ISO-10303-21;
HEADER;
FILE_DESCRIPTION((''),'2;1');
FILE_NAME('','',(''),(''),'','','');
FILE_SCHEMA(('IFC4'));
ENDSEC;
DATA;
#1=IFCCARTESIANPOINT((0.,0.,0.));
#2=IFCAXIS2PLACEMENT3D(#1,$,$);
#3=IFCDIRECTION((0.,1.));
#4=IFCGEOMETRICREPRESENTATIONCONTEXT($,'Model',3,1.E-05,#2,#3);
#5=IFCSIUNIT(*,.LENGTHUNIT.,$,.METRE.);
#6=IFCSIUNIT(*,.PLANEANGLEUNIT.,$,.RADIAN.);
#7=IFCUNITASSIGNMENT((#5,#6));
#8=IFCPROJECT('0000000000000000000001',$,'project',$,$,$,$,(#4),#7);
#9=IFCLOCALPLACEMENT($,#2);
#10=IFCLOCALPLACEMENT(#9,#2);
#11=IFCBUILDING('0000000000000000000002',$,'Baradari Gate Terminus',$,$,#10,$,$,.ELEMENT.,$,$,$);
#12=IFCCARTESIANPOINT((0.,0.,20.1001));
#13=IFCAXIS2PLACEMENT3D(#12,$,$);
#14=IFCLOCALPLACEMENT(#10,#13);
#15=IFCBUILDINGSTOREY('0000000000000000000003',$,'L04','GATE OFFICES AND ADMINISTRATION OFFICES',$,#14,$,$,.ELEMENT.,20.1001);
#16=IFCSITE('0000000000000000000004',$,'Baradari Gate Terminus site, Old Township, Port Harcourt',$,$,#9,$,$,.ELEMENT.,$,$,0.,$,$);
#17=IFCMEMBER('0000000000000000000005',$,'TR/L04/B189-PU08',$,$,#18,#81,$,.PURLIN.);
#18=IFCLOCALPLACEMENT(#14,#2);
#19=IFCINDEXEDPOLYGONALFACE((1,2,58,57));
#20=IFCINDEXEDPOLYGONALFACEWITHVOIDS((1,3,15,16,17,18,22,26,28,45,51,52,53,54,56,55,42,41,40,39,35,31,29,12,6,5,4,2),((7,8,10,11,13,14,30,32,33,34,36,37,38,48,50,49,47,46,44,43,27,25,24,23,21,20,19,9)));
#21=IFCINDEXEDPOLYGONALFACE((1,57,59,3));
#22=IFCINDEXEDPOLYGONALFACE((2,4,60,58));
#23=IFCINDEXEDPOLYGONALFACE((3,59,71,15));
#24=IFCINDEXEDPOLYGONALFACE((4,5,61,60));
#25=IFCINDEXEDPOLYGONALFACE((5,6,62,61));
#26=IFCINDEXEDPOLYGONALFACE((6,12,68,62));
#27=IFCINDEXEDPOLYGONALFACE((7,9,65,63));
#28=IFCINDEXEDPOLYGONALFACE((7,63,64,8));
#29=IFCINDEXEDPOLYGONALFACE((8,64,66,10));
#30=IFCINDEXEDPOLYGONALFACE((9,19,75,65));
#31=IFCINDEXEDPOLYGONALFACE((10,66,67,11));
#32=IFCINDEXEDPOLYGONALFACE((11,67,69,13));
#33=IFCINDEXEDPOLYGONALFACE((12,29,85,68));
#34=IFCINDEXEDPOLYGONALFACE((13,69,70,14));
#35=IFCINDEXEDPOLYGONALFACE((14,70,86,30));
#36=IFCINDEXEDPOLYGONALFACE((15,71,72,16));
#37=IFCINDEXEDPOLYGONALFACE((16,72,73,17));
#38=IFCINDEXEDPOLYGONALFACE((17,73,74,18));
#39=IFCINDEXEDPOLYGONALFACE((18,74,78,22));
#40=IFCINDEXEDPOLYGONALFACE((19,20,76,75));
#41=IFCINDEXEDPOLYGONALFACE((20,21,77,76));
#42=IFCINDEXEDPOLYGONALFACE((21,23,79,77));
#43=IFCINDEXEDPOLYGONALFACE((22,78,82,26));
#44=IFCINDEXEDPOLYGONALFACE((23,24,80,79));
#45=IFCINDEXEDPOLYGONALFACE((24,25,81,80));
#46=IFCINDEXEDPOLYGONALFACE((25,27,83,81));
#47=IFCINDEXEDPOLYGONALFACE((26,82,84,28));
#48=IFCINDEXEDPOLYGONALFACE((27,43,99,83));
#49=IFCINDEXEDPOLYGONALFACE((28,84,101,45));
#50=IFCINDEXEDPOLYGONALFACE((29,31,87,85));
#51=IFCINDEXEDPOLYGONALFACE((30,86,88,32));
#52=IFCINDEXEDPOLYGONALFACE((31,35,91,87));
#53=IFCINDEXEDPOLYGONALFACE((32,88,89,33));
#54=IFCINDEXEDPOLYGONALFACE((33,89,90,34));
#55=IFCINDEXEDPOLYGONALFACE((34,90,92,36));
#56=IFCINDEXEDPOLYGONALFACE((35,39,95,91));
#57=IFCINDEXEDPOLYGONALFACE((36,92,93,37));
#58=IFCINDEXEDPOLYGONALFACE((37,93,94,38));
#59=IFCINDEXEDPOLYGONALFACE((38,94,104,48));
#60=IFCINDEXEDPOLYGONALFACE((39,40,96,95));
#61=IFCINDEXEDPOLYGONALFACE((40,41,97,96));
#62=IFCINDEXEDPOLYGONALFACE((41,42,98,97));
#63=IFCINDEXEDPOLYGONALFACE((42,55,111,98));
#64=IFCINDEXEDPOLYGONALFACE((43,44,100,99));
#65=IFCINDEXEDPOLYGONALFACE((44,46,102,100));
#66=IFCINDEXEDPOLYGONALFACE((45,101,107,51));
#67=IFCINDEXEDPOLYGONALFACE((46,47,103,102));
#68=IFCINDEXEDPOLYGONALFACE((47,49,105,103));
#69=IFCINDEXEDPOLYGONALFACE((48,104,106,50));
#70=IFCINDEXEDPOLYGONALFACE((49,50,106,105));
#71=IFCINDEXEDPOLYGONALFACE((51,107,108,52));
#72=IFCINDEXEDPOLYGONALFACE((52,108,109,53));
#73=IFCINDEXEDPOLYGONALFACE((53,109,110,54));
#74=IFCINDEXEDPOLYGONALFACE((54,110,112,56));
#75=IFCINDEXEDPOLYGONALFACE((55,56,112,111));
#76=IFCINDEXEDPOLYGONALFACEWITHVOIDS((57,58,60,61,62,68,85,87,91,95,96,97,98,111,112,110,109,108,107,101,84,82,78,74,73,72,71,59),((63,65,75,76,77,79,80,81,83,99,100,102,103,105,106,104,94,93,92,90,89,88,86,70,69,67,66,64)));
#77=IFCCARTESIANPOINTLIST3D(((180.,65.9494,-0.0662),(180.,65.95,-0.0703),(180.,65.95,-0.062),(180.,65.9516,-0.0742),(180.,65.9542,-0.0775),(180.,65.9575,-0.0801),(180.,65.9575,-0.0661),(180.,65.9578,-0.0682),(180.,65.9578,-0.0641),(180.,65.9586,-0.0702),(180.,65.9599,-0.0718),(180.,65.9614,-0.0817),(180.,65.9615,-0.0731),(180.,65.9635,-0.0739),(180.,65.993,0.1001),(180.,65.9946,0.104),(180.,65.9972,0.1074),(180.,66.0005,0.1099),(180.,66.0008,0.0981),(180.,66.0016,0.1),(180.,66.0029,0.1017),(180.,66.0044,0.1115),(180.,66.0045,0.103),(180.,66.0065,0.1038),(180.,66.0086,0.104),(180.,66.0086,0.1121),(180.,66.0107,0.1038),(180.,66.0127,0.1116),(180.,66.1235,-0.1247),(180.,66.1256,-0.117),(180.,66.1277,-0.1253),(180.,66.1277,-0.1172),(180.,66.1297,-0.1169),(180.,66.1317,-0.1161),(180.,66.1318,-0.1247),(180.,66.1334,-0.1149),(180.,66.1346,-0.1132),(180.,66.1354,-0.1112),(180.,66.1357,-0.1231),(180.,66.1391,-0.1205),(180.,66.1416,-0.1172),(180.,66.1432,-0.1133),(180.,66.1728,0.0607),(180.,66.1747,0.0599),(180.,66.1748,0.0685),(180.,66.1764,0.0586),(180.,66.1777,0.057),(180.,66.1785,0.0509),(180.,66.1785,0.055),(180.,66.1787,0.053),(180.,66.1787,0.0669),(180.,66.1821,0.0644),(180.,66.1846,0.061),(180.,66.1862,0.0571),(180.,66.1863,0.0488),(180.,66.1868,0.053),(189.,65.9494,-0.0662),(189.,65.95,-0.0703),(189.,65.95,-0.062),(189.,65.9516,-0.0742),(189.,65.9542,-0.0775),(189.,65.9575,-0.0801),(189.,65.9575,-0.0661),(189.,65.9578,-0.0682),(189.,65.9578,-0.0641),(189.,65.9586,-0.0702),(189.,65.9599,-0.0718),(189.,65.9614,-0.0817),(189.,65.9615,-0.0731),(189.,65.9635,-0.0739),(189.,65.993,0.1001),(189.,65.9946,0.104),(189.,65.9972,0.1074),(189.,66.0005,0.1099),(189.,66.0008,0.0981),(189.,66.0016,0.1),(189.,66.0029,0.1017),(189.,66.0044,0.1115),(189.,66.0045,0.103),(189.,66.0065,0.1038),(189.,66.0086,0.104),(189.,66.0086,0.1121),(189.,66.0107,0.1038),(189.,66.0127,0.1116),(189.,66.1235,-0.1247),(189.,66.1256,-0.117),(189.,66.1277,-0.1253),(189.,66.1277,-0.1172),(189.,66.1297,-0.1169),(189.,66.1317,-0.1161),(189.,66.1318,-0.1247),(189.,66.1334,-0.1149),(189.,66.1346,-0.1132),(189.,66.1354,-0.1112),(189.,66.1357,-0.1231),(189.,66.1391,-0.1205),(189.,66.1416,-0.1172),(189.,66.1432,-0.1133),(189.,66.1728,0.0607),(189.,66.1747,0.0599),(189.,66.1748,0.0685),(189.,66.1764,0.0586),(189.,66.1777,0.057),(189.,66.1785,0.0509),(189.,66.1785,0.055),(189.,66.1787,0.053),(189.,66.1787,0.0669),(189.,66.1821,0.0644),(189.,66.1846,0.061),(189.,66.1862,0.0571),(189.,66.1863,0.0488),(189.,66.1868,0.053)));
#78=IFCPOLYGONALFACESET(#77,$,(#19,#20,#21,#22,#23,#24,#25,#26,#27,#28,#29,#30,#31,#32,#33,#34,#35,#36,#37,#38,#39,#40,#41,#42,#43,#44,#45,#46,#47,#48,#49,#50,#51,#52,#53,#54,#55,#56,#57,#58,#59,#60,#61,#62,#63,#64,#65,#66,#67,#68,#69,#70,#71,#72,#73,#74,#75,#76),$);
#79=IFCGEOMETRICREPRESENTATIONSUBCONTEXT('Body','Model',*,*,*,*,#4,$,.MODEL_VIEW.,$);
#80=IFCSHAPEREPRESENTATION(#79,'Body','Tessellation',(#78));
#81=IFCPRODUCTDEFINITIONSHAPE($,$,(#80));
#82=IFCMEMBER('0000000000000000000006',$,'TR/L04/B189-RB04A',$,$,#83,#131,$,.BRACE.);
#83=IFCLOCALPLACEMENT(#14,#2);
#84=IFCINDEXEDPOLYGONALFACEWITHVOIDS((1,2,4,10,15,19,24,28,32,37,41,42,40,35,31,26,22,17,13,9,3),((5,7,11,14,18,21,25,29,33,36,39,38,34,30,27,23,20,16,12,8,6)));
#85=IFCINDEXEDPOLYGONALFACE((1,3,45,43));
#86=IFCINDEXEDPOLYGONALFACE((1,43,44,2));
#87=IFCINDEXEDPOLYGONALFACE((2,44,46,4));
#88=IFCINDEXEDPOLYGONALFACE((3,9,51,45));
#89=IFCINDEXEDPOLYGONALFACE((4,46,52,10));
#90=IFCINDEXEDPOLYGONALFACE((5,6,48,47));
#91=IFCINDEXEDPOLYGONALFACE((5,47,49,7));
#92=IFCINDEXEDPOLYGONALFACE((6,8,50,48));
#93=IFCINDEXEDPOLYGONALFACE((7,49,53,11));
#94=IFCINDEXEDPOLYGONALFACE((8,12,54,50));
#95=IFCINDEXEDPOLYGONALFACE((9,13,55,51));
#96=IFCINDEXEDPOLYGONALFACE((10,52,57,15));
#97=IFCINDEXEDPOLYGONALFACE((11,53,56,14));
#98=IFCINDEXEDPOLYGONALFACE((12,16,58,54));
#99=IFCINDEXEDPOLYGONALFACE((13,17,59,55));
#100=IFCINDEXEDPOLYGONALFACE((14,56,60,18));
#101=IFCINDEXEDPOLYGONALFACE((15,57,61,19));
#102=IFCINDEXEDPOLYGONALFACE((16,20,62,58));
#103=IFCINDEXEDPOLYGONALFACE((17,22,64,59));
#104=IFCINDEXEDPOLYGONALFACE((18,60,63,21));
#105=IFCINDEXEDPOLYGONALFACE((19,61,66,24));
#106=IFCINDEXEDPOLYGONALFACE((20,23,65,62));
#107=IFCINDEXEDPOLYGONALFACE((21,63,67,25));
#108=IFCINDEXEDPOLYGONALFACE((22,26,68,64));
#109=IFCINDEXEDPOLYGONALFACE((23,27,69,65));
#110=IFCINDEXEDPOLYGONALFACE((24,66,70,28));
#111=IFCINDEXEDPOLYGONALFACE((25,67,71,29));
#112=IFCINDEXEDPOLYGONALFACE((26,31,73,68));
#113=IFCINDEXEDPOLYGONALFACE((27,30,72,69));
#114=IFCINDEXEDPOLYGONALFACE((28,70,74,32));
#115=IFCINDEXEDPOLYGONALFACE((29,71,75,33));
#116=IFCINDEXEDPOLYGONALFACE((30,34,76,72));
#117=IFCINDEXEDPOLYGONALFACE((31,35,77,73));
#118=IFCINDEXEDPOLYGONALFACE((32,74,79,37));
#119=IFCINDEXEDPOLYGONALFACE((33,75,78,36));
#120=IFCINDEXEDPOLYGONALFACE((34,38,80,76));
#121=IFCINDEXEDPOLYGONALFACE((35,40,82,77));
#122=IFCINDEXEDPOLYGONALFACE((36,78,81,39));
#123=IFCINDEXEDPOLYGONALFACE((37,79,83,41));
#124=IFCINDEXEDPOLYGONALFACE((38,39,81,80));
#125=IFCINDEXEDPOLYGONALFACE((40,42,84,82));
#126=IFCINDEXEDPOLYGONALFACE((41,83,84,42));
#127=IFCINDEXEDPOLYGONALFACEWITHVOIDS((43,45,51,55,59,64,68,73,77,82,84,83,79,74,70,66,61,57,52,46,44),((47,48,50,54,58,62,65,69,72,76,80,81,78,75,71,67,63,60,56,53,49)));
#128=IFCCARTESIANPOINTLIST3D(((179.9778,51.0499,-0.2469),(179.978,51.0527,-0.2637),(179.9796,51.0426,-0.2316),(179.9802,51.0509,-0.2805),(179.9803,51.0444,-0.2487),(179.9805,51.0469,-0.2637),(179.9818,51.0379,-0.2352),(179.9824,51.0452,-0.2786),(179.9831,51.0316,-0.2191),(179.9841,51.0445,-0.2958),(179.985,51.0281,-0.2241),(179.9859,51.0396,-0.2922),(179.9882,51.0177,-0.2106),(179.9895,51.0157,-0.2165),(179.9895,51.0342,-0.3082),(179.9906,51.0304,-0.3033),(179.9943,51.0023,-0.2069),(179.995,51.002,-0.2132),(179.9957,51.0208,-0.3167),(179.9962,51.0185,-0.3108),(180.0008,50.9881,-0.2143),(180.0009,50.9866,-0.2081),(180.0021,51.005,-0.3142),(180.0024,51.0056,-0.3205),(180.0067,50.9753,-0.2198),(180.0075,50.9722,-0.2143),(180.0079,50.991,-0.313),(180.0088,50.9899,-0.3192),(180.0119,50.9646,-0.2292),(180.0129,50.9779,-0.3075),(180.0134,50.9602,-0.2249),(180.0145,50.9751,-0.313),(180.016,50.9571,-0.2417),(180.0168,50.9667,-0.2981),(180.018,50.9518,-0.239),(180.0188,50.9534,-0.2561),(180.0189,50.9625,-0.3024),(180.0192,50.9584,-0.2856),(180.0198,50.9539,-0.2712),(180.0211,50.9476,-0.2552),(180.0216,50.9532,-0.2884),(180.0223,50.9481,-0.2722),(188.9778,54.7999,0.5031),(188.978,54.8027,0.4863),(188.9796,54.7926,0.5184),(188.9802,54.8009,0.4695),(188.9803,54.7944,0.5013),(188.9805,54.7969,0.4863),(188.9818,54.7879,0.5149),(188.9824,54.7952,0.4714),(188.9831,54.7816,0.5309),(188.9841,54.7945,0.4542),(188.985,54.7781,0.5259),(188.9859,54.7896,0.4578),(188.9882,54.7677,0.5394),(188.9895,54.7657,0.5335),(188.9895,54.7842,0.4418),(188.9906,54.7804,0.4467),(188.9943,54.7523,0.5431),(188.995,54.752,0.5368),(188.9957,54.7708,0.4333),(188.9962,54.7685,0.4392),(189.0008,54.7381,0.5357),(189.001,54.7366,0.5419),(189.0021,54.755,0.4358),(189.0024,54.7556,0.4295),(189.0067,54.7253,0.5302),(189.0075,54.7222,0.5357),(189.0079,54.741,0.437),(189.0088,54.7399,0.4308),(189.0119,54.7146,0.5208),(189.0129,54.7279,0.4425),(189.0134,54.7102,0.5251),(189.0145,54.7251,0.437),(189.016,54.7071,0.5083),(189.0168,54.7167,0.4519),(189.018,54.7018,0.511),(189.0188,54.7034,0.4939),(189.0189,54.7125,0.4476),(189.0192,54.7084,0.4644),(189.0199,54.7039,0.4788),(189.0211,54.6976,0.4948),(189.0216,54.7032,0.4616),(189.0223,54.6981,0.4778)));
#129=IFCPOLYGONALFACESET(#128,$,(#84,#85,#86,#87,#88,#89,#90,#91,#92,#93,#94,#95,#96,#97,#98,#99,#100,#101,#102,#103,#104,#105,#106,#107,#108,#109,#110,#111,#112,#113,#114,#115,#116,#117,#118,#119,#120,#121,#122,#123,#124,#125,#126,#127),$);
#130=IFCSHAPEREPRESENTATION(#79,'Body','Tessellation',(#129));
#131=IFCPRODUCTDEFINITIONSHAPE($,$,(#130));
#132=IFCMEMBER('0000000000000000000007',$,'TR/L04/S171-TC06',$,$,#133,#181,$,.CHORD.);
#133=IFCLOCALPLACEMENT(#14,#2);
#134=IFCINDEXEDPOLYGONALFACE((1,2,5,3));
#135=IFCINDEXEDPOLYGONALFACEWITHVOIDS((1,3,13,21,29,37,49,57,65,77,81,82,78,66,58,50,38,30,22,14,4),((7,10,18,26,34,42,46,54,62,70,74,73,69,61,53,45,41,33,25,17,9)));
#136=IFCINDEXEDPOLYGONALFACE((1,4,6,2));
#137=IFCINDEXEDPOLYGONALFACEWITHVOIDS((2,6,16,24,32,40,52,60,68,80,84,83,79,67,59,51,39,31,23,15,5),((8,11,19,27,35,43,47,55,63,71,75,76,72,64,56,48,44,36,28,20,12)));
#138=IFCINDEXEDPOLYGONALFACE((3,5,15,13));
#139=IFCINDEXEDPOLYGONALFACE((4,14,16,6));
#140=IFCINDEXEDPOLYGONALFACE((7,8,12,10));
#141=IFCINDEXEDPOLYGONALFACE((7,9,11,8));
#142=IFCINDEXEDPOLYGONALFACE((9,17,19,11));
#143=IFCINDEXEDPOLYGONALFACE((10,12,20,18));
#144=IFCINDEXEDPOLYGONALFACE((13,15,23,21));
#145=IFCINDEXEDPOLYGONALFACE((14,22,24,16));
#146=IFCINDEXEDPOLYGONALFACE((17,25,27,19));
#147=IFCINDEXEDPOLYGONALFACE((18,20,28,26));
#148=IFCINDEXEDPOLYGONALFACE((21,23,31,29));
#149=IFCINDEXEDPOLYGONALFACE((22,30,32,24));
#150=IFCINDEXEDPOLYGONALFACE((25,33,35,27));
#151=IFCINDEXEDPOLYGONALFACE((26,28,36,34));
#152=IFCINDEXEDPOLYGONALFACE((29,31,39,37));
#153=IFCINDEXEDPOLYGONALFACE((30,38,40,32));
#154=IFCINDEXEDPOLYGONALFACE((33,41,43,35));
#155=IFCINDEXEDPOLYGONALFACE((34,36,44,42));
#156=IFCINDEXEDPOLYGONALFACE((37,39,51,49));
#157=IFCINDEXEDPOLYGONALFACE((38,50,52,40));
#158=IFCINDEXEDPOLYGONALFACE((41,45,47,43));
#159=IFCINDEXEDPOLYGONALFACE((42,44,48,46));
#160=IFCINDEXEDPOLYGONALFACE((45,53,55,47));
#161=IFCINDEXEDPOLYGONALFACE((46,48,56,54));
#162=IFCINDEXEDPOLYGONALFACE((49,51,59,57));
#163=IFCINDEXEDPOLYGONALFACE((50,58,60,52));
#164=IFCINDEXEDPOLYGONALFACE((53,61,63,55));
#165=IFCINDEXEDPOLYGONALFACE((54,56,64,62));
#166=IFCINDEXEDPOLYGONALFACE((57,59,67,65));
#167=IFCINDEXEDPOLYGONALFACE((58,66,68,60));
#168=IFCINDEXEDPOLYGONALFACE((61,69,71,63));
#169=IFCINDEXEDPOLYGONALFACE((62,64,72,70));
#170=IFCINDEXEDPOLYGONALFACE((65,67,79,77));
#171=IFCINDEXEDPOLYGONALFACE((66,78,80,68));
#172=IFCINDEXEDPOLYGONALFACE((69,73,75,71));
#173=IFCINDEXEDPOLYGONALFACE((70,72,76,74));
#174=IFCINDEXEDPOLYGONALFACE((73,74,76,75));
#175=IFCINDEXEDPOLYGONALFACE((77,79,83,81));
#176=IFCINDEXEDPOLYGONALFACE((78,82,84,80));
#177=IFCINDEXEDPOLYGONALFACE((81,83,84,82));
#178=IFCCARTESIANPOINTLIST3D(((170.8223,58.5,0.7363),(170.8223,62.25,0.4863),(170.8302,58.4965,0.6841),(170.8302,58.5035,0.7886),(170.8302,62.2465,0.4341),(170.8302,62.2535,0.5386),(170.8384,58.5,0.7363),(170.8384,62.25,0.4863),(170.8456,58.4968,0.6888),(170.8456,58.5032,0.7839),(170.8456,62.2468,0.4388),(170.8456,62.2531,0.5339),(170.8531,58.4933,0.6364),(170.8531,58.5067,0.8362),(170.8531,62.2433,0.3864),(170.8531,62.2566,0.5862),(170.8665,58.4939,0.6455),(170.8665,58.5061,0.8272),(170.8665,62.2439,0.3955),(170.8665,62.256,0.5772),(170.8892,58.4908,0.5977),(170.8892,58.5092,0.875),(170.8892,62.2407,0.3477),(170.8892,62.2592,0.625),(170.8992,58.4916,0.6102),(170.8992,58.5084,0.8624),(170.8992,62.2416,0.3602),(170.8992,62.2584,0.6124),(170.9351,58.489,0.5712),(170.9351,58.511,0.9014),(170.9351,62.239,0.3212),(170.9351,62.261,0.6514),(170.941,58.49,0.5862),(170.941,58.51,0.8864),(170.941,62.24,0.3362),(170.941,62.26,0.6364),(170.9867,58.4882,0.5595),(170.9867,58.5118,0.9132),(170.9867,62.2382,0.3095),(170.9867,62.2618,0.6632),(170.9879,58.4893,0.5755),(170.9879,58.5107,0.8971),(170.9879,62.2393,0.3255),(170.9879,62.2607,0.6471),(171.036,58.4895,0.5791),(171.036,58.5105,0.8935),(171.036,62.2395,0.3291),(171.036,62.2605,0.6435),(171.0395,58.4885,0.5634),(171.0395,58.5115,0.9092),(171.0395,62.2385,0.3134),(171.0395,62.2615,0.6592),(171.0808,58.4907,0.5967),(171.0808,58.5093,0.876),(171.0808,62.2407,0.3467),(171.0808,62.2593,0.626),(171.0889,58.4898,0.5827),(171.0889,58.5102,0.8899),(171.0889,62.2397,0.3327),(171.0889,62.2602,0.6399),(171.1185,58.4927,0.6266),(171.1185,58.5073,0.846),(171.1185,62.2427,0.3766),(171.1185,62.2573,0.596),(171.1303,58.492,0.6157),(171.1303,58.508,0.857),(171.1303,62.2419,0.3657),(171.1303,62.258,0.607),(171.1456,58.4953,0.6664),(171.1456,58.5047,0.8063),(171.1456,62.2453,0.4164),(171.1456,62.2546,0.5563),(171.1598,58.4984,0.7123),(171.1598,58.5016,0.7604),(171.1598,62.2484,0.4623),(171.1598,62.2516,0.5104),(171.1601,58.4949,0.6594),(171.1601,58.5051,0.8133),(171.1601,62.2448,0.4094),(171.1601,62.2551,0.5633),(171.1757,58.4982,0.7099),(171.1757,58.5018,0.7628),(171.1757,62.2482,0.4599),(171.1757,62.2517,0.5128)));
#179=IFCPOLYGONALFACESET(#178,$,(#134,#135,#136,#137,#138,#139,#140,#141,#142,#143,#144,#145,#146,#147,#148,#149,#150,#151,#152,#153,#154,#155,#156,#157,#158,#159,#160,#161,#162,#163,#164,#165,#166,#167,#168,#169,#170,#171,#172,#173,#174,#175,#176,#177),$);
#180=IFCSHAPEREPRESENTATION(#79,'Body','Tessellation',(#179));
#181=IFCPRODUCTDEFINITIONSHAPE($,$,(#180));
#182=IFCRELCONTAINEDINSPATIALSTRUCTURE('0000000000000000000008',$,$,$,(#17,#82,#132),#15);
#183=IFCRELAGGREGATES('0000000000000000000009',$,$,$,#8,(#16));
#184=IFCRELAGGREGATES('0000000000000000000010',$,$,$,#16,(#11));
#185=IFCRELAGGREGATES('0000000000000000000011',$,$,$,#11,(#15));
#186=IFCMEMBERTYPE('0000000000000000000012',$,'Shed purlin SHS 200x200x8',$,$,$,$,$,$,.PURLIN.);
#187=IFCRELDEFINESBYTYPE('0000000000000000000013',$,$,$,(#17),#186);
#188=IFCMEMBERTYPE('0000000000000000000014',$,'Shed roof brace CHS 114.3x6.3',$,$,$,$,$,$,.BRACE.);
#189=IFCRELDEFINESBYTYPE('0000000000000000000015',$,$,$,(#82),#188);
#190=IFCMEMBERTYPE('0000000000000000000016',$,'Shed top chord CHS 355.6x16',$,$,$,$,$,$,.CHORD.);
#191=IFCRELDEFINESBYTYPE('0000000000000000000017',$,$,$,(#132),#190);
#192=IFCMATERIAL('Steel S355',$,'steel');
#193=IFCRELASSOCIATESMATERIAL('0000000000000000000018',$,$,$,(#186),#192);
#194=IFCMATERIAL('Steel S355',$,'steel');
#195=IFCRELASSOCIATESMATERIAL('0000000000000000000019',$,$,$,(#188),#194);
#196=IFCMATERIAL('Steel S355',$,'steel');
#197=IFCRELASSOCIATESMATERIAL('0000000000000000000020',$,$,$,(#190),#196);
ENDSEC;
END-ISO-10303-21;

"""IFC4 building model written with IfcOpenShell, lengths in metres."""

from ifc_helpers import new_model, si_unit, direction, frame, origin, origin_2d, place, context, subcontext, project, spatial, hollow_rectangle, hollow_circle, extrude, material, material_profile, profile_set, type_object, element, save


model = new_model("IFC4")

# Units and contexts
model_context = context("Model", 3, precision=1e-05, world=origin(), true_north=direction((0.0, 1.0)))
body_context = subcontext(model_context, "Body", "Model", "MODEL_VIEW")
ifc_project = project(units=[si_unit("LENGTHUNIT", "METRE"), si_unit("PLANEANGLEUNIT", "RADIAN")], contexts=[model_context])

# Site, building, storey
site_placement = place(None, origin())
site = spatial("IfcSite", under=ifc_project, at=site_placement, Name="Baradari Gate Terminus site, Old Township, Port Harcourt", CompositionType="ELEMENT", RefElevation=0.0)
building_placement = place(site_placement, origin())
building = spatial("IfcBuilding", under=site, at=building_placement, Name="Baradari Gate Terminus", CompositionType="ELEMENT")
storey_placement = place(building_placement, frame((0.0, 0.0, 20.1001)))
storey = spatial("IfcBuildingStorey", under=building, at=storey_placement, Name="L04", Description="GATE OFFICES AND ADMINISTRATION OFFICES", CompositionType="ELEMENT", Elevation=20.1001)

# Members
ifc_material_1 = material(Name="Steel S355", Category="steel")
ifc_material_profile_1 = material_profile(ifc_material_1, hollow_rectangle(XDim=0.2, YDim=0.2, WallThickness=0.0081, InnerFilletRadius=0.0081, OuterFilletRadius=0.0161, at=origin_2d()), Name="SHS 200x200x8")
ifc_profile_set_1 = profile_set([ifc_material_profile_1], Name="Steel S355")
member_type_1 = type_object("IfcMemberType", Name="Shed purlin SHS 200x200x8", PredefinedType="PURLIN", material=ifc_profile_set_1)
for number, where, z_axis, x_axis, name in (
    (1, (180.0, 66.0681, -0.0066), (1.0, 0.0, 0.0), (0.0, 0.9665, -0.256668), "TR/L04/B189-PU08"),
):
    element("IfcMember", number, at=place(storey_placement, frame(where, z_axis=z_axis, x_axis=x_axis)), inside=storey, type_object=member_type_1, Name=name, PredefinedType="PURLIN", context=body_context, shape_type="SweptSolid", body=[
        extrude(hollow_rectangle(XDim=0.2, YDim=0.2, WallThickness=0.0081, InnerFilletRadius=0.0081, OuterFilletRadius=0.0161, at=origin_2d()), origin(), (0.0, 0.0, 1.0), 9.0),
    ])
ifc_material_2 = material(Name="Steel S355", Category="steel")
ifc_material_profile_2 = material_profile(ifc_material_2, hollow_circle(Radius=0.0571, WallThickness=0.0063, at=origin_2d()), Name="CHS 114.3x6.3")
ifc_profile_set_2 = profile_set([ifc_material_profile_2], Name="Steel S355")
member_type_2 = type_object("IfcMemberType", Name="Shed roof brace CHS 114.3x6.3", PredefinedType="BRACE", material=ifc_profile_set_2)
member_1_placement = place(storey_placement, frame((180.0, 51.0, -0.2637), z_axis=(0.920358, 0.383482, 0.076696), x_axis=(-0.384615, 0.923077, 0.0)))
element("IfcMember", 2, at=member_1_placement, inside=storey, type_object=member_type_2, Name="TR/L04/B189-RB04A", PredefinedType="BRACE", context=body_context, shape_type="SweptSolid", body=[
    extrude(hollow_circle(Radius=0.0571, WallThickness=0.0063, at=origin_2d()), origin(), (0.0, 0.0, 1.0), 9.7788),
])
ifc_material_3 = material(Name="Steel S355", Category="steel")
ifc_material_profile_3 = material_profile(ifc_material_3, hollow_circle(Radius=0.1777, WallThickness=0.0161, at=origin_2d()), Name="CHS 355.6x16")
ifc_profile_set_3 = profile_set([ifc_material_profile_3], Name="Steel S355")
member_type_3 = type_object("IfcMemberType", Name="Shed top chord CHS 355.6x16", PredefinedType="CHORD", material=ifc_profile_set_3)
member_2_placement = place(storey_placement, frame((171.0, 58.5, 0.7363), z_axis=(0.0, 0.997785, -0.066519), x_axis=(-1.0, 0.0, 0.0)))
element("IfcMember", 3, at=member_2_placement, inside=storey, type_object=member_type_3, Name="TR/L04/S171-TC06", PredefinedType="CHORD", context=body_context, shape_type="SweptSolid", body=[
    extrude(hollow_circle(Radius=0.1777, WallThickness=0.0161, at=origin_2d()), origin(), (0.0, 0.0, 1.0), 3.7583),
])

save(model, "model.ifc")
